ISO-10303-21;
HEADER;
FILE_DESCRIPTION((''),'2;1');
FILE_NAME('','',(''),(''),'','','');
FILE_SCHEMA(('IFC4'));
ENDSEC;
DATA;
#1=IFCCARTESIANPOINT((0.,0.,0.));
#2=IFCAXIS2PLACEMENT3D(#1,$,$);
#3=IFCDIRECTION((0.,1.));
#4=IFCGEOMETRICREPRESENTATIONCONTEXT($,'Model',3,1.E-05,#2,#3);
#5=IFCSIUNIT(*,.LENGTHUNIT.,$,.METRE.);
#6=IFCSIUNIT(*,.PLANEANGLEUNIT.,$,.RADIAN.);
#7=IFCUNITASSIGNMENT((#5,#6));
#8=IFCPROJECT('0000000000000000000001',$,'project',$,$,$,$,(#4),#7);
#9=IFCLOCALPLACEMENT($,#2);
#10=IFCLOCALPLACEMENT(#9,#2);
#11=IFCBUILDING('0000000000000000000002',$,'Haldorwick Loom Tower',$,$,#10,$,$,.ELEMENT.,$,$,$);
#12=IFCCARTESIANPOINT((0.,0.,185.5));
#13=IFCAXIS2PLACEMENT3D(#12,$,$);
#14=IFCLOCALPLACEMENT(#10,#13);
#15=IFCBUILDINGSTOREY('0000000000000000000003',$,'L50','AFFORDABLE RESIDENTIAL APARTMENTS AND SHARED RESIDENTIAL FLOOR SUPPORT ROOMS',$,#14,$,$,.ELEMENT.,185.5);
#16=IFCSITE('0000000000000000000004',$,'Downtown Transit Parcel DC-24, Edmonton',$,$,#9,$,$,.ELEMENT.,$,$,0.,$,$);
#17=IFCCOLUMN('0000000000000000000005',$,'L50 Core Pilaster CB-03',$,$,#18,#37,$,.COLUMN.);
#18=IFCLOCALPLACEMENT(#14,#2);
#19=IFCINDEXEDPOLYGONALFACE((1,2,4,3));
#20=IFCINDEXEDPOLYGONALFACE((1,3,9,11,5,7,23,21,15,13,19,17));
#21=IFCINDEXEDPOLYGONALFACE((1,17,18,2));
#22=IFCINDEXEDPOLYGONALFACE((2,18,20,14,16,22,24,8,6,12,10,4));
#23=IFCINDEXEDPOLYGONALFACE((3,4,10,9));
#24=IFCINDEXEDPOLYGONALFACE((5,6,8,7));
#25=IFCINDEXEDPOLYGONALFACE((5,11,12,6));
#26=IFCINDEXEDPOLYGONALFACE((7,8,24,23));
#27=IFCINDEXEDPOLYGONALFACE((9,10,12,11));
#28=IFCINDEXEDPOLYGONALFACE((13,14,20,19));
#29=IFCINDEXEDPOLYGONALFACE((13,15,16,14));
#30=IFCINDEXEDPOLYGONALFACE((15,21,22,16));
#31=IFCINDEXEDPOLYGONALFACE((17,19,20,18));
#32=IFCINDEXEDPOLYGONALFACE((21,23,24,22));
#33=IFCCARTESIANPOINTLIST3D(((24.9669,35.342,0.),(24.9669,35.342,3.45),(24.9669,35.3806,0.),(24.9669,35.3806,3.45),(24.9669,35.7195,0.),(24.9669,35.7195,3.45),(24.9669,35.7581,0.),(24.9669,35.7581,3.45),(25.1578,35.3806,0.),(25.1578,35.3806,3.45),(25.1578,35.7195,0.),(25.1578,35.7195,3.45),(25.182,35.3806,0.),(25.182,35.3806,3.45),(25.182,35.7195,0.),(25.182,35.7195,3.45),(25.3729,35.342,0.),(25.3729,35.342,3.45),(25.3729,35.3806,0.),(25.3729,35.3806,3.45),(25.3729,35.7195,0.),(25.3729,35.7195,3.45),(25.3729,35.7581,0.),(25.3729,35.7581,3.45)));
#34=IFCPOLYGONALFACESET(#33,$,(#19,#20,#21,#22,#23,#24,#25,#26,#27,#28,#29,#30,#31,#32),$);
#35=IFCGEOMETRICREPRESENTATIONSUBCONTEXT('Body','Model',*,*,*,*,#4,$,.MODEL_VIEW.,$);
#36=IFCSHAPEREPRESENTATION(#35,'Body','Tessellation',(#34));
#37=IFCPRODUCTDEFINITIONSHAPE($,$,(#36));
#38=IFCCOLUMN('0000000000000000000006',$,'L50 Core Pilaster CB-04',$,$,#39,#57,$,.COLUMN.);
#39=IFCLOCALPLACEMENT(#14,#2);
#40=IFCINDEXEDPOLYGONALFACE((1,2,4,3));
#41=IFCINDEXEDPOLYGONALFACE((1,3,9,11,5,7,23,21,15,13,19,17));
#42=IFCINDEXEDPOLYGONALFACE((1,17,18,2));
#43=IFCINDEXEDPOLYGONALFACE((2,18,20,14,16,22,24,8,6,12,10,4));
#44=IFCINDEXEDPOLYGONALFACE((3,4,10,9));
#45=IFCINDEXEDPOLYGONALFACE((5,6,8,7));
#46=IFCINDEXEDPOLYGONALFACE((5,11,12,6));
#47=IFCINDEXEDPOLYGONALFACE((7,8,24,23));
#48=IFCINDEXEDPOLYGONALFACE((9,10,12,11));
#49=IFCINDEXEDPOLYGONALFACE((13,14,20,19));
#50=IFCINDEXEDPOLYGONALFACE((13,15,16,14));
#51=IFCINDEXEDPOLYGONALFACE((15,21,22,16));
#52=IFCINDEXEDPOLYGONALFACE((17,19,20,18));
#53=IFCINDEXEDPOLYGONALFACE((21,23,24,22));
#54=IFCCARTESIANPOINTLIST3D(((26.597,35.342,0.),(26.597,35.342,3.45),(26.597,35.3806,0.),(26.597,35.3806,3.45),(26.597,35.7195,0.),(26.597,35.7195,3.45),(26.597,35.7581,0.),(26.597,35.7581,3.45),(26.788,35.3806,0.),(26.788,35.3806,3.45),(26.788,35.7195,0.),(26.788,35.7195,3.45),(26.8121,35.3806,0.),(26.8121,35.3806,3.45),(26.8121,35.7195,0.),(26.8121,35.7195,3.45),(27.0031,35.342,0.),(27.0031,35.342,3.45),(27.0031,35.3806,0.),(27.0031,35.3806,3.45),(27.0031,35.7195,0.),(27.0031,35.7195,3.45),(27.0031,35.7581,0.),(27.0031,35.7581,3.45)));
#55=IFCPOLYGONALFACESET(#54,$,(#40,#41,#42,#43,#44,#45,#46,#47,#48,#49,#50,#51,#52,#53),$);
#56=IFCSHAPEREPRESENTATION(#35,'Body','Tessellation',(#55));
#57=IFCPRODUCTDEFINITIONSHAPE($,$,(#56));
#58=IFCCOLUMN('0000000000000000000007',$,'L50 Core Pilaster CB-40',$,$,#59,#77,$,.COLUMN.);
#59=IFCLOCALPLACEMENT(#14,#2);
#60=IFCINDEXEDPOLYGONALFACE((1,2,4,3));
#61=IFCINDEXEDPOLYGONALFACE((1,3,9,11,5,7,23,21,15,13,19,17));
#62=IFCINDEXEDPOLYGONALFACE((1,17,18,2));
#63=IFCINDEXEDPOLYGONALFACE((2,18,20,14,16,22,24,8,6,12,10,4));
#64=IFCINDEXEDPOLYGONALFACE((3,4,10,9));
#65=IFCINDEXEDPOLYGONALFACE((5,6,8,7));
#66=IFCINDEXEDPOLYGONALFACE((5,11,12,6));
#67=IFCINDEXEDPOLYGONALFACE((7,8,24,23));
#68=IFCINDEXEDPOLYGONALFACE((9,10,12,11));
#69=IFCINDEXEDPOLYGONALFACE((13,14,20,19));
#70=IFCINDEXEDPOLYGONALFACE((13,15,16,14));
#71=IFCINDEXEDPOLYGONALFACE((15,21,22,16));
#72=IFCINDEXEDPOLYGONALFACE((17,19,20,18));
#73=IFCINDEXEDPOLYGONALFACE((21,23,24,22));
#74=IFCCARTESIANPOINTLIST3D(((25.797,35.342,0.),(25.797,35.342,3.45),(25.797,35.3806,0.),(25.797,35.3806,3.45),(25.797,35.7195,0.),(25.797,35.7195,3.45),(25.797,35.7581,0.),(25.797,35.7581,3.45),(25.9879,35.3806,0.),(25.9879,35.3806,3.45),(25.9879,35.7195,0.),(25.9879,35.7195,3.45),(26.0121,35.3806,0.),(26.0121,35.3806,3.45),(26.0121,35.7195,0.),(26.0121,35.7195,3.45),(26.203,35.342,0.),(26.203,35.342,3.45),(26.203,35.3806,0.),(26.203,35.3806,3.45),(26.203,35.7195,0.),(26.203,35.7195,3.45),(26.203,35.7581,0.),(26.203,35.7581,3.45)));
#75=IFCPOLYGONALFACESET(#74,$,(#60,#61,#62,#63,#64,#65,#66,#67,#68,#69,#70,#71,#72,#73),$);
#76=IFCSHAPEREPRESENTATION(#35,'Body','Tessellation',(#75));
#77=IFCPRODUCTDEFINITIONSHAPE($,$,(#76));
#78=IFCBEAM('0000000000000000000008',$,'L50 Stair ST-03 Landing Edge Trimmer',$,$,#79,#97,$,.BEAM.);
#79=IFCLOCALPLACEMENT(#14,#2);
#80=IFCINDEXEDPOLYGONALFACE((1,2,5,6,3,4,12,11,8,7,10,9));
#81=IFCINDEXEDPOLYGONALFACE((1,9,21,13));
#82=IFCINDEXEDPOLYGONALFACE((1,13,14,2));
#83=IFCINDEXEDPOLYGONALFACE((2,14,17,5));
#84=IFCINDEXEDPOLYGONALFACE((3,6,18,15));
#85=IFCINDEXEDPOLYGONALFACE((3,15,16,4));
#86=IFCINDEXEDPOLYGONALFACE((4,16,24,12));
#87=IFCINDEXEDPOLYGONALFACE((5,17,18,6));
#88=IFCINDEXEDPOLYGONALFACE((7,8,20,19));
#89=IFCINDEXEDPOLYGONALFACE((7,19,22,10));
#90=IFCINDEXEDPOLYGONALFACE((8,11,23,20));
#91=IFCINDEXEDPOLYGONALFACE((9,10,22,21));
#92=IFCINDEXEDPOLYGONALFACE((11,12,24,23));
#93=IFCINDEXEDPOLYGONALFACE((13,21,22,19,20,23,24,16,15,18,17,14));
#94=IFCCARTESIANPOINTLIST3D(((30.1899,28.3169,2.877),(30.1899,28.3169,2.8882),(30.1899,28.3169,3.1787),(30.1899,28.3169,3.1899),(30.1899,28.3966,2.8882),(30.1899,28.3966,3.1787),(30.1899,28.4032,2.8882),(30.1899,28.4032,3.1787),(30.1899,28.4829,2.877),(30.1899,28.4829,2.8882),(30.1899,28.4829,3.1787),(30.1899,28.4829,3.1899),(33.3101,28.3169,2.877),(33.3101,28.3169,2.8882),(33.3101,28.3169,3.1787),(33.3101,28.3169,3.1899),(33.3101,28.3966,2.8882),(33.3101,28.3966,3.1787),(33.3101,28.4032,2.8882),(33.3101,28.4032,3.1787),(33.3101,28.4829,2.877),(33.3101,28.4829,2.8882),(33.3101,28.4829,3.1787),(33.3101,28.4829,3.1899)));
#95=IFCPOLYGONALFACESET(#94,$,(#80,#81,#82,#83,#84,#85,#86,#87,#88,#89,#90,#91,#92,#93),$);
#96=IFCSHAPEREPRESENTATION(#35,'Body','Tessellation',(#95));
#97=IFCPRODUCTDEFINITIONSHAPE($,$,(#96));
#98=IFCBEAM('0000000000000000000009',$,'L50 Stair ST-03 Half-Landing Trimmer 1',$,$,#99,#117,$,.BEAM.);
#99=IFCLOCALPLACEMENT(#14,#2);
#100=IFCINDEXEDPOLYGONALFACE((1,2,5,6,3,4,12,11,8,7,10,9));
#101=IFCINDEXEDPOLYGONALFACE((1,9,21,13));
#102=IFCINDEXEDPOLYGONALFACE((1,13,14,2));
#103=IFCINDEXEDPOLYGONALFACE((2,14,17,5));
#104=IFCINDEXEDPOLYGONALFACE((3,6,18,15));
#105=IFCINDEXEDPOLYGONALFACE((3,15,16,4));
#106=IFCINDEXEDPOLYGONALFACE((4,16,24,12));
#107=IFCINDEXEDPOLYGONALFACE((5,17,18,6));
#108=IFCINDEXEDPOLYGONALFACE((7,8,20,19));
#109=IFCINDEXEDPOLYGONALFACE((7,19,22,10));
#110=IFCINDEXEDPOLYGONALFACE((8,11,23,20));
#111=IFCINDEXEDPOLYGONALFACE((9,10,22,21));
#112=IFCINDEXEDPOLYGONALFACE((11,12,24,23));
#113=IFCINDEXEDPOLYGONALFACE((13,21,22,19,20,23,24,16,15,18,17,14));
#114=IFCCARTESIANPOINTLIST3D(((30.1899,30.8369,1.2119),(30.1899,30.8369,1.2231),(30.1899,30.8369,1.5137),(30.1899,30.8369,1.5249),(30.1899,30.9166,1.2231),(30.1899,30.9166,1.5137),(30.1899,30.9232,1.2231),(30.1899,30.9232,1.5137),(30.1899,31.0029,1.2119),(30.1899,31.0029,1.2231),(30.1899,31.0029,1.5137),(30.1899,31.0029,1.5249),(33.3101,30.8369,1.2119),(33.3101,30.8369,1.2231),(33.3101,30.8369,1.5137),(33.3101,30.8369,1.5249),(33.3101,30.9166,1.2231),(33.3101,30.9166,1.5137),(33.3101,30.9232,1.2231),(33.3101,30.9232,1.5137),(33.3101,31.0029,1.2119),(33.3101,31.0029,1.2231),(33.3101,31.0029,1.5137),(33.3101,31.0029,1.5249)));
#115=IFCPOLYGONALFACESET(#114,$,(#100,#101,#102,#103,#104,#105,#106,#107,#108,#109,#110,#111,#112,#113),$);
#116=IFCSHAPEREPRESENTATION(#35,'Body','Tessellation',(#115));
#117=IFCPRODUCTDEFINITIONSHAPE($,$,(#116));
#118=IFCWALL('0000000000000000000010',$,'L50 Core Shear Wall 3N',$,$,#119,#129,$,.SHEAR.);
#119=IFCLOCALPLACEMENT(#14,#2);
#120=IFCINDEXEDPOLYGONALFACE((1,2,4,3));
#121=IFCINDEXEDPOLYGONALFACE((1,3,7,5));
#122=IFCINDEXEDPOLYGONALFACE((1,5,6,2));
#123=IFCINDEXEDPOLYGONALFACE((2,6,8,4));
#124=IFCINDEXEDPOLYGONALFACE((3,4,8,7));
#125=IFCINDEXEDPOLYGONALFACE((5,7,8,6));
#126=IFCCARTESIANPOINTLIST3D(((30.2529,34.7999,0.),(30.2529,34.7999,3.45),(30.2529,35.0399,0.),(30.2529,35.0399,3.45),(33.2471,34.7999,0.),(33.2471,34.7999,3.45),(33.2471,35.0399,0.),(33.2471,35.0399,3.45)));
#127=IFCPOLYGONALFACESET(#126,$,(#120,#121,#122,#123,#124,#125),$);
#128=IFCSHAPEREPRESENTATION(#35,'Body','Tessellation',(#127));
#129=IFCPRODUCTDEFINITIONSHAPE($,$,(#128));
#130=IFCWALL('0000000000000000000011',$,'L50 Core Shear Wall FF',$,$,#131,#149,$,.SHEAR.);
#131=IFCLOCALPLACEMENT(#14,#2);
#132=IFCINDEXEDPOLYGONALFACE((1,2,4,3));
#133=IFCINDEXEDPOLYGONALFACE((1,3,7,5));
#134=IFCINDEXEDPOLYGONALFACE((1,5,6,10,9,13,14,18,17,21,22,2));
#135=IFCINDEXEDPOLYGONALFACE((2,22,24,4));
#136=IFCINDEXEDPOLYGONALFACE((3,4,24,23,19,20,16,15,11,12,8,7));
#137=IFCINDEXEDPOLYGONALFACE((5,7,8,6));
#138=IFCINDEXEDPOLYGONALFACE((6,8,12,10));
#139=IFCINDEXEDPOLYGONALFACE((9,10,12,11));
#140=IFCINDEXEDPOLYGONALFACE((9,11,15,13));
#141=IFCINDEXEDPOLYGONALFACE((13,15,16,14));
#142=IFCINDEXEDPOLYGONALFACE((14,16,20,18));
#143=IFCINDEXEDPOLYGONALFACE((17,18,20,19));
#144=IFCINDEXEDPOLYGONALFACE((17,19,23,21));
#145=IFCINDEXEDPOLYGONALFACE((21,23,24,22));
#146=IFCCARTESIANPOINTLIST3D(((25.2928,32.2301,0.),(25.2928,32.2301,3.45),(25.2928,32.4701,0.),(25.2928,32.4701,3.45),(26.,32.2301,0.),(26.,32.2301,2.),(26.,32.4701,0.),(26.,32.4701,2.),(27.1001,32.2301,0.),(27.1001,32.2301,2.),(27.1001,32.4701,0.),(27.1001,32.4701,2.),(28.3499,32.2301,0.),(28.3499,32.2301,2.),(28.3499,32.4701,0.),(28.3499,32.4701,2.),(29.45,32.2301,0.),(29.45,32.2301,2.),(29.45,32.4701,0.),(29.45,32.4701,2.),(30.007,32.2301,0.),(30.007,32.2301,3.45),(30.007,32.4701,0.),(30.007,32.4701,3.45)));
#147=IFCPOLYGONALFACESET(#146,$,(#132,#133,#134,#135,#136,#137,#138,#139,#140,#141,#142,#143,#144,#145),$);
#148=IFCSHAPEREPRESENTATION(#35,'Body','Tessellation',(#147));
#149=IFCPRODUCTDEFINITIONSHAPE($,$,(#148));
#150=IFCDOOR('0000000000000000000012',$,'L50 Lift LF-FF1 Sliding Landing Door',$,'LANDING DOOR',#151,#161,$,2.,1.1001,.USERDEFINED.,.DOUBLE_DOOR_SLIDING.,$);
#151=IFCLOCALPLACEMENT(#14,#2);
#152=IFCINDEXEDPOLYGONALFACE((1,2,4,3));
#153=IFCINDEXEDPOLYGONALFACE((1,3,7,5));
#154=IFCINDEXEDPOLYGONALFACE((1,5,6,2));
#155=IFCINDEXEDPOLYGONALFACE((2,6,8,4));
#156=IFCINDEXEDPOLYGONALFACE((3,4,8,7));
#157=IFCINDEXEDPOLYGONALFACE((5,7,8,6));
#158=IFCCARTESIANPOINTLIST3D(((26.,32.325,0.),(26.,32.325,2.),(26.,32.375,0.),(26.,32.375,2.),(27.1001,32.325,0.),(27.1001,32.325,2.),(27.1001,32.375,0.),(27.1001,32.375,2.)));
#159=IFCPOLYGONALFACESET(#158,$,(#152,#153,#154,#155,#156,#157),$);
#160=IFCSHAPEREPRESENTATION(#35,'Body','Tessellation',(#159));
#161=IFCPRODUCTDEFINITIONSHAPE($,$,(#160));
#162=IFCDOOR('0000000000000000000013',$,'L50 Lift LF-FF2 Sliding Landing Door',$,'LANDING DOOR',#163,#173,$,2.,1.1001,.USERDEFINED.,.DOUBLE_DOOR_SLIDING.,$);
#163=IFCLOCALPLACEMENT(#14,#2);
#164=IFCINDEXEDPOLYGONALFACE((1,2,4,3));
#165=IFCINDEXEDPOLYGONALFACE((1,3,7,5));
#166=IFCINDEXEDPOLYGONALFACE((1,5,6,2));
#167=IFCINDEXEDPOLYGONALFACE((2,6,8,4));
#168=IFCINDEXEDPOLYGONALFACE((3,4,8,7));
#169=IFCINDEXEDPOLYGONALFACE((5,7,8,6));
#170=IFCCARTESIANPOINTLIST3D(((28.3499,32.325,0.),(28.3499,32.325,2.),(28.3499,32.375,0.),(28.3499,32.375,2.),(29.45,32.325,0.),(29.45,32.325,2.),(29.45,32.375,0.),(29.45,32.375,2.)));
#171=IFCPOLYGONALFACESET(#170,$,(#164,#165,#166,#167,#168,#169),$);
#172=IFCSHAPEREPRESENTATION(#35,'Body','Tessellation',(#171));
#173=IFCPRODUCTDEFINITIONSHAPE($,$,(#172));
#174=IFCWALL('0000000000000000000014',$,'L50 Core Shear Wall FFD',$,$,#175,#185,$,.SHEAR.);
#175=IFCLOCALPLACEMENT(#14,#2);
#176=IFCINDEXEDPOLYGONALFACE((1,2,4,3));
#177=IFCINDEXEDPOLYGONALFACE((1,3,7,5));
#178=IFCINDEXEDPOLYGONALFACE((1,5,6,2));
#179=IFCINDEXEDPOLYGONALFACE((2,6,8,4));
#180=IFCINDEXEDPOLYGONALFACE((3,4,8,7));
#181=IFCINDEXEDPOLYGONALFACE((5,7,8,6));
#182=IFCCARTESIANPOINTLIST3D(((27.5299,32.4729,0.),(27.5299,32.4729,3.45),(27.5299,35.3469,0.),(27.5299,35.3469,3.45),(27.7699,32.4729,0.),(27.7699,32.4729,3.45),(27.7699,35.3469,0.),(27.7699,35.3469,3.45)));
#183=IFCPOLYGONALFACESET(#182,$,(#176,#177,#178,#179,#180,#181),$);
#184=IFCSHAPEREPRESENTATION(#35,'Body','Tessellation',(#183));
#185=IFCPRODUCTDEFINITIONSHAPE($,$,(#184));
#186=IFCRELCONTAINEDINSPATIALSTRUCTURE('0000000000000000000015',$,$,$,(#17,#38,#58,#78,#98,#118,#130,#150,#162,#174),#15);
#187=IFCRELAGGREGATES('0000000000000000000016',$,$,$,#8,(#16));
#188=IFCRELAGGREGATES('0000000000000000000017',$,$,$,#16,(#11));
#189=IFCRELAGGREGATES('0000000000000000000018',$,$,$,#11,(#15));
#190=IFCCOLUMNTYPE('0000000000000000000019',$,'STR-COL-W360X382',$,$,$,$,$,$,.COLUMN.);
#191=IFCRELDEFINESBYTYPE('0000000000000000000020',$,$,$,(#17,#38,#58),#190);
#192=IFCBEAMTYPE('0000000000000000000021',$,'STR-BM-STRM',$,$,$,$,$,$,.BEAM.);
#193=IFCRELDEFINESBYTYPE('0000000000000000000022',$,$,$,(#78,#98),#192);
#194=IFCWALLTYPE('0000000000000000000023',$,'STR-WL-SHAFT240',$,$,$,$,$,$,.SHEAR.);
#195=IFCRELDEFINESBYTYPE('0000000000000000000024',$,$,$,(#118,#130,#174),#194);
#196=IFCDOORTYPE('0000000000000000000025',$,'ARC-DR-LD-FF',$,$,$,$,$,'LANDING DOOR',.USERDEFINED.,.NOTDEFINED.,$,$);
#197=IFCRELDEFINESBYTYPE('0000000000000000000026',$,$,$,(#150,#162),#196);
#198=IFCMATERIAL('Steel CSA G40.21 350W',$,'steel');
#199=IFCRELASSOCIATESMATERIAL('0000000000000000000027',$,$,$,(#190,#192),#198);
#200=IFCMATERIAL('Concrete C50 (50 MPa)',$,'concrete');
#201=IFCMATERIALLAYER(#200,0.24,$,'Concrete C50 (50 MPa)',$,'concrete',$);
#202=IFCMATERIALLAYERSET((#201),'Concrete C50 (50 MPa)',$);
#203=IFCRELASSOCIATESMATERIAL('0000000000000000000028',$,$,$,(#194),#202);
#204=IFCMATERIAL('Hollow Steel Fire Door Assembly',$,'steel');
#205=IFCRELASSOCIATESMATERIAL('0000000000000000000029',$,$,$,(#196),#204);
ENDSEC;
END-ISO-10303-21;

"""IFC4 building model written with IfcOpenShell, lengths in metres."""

from ifc_helpers import new_model, si_unit, direction, frame, frame_2d, origin, origin_2d, place, context, subcontext, project, spatial, rectangle, i_section, extrude, material, layer, layer_set, material_profile, profile_set, type_object, element, fill, save


model = new_model("IFC4")

# Units and contexts
model_context = context("Model", 3, precision=1e-05, world=origin(), true_north=direction((0.0, 1.0)))
body_context = subcontext(model_context, "Body", "Model", "MODEL_VIEW")
ifc_project = project(units=[si_unit("LENGTHUNIT", "METRE"), si_unit("PLANEANGLEUNIT", "RADIAN")], contexts=[model_context])

# Site, building, storey
site_placement = place(None, origin())
site = spatial("IfcSite", under=ifc_project, at=site_placement, Name="Downtown Transit Parcel DC-24, Edmonton", CompositionType="ELEMENT", RefElevation=0.0)
building_placement = place(site_placement, origin())
building = spatial("IfcBuilding", under=site, at=building_placement, Name="Haldorwick Loom Tower", CompositionType="ELEMENT")
storey_placement = place(building_placement, frame((0.0, 0.0, 185.5)))
storey = spatial("IfcBuildingStorey", under=building, at=storey_placement, Name="L50", Description="AFFORDABLE RESIDENTIAL APARTMENTS AND SHARED RESIDENTIAL FLOOR SUPPORT ROOMS", CompositionType="ELEMENT", Elevation=185.5)

# Columns
ifc_material_1 = material(Name="Steel CSA G40.21 350W", Category="steel")
ifc_material_profile_1 = material_profile(ifc_material_1, i_section(OverallWidth=0.406, OverallDepth=0.416, WebThickness=0.0242, FlangeThickness=0.0386, at=origin_2d()), Name="W360X382", Category="steel")
ifc_profile_set_1 = profile_set([ifc_material_profile_1], Name="Steel CSA G40.21 350W")
column_type = type_object("IfcColumnType", Name="STR-COL-W360X382", PredefinedType="COLUMN", material=ifc_profile_set_1)
for number, where, z_axis, x_axis, name in (
    (1, (25.1699, 35.55, 0.0), (0.0, 0.0, 1.0), (1.0, 0.0, 0.0), "L50 Core Pilaster CB-03"),
    (2, (26.8, 35.55, 0.0), (0.0, 0.0, 1.0), (1.0, 0.0, 0.0), "L50 Core Pilaster CB-04"),
    (3, (26.0, 35.55, 0.0), (0.0, 0.0, 1.0), (1.0, 0.0, 0.0), "L50 Core Pilaster CB-40"),
):
    element("IfcColumn", number, at=place(storey_placement, frame(where, z_axis=z_axis, x_axis=x_axis)), inside=storey, type_object=column_type, Name=name, PredefinedType="COLUMN", context=body_context, shape_type="SweptSolid", body=[
        extrude(i_section(OverallWidth=0.406, OverallDepth=0.416, WebThickness=0.0242, FlangeThickness=0.0386, at=origin_2d()), origin(), (0.0, 0.0, 1.0), 3.45),
    ])

# Beams
ifc_material_profile_2 = material_profile(ifc_material_1, i_section(OverallWidth=0.166, OverallDepth=0.313, WebThickness=0.0066, FlangeThickness=0.0112, at=origin_2d()), Name="W310X45", Category="steel")
ifc_profile_set_2 = profile_set([ifc_material_profile_2], Name="Steel CSA G40.21 350W")
beam_type = type_object("IfcBeamType", Name="STR-BM-STRM", PredefinedType="BEAM", material=ifc_profile_set_2)
for number, where, z_axis, x_axis, name in (
    (4, (30.1899, 28.3999, 3.0334), (1.0, 0.0, 0.0), (0.0, 1.0, 0.0), "L50 Stair ST-03 Landing Edge Trimmer"),
    (5, (30.1899, 30.9199, 1.3684), (1.0, 0.0, 0.0), (0.0, 1.0, 0.0), "L50 Stair ST-03 Half-Landing Trimmer 1"),
):
    element("IfcBeam", number, at=place(storey_placement, frame(where, z_axis=z_axis, x_axis=x_axis)), inside=storey, type_object=beam_type, Name=name, PredefinedType="BEAM", context=body_context, shape_type="SweptSolid", body=[
        extrude(i_section(OverallWidth=0.166, OverallDepth=0.313, WebThickness=0.0066, FlangeThickness=0.0112, at=origin_2d()), origin(), (0.0, 0.0, 1.0), 3.1201),
    ])

# Wall
ifc_material_2 = material(Name="Concrete C50 (50 MPa)", Category="concrete")
ifc_layer = layer(ifc_material_2, 0.24, Name="Concrete C50 (50 MPa)", Category="concrete")
ifc_layer_set = layer_set([ifc_layer], Name="Concrete C50 (50 MPa)")
wall_type = type_object("IfcWallType", Name="STR-WL-SHAFT240", PredefinedType="SHEAR", material=ifc_layer_set)
wall_1_placement = place(storey_placement, frame((30.2529, 34.9199, 0.0), z_axis=(0.0, 0.0, 1.0), x_axis=(1.0, 0.0, 0.0)))
element("IfcWall", 6, at=wall_1_placement, inside=storey, type_object=wall_type, Name="L50 Core Shear Wall 3N", PredefinedType="SHEAR", context=body_context, shape_type="SweptSolid", body=[
    extrude(rectangle(XDim=2.9941, YDim=0.24, at=frame_2d((1.4971, 0.0))), origin(), (0.0, 0.0, 1.0), 3.45),
])

# Wall, openings, doors
wall_2_placement = place(storey_placement, frame((25.293, 32.3501, 0.0), z_axis=(0.0, 0.0, 1.0), x_axis=(1.0, 0.0, 0.0)))
wall_2 = element("IfcWall", 7, at=wall_2_placement, inside=storey, type_object=wall_type, Name="L50 Core Shear Wall FF", PredefinedType="SHEAR", context=body_context, shape_type="SweptSolid", body=[
    extrude(rectangle(XDim=4.7141, YDim=0.24, at=frame_2d((2.3569, 0.0))), origin(), (0.0, 0.0, 1.0), 3.45),
])
opening_1_placement = place(wall_2_placement, frame((0.707, 0.0, 0.0)))
opening_1 = element("IfcOpeningElement", 8, at=opening_1_placement, cuts=wall_2, PredefinedType="OPENING", context=body_context, shape_type="SweptSolid", body=[
    extrude(rectangle(XDim=1.1001, YDim=2.0, at=frame_2d((0.55, 1.0))), frame((0.0, 0.1299, 0.0), z_axis=(0.0, -1.0, 0.0), x_axis=(1.0, 0.0, 0.0)), (0.0, 0.0, 1.0), 0.26),
])
opening_2_placement = place(wall_2_placement, frame((3.0569, 0.0, 0.0)))
opening_2 = element("IfcOpeningElement", 9, at=opening_2_placement, cuts=wall_2, PredefinedType="OPENING", context=body_context, shape_type="SweptSolid", body=[
    extrude(rectangle(XDim=1.1001, YDim=2.0, at=frame_2d((0.55, 1.0))), frame((0.0, 0.1299, 0.0), z_axis=(0.0, -1.0, 0.0), x_axis=(1.0, 0.0, 0.0)), (0.0, 0.0, 1.0), 0.26),
])
ifc_material_3 = material(Name="Hollow Steel Fire Door Assembly", Category="steel")
door_type_1 = type_object("IfcDoorType", Name="ARC-DR-LD-FF", ElementType="LANDING DOOR", OperationType="NOTDEFINED", PredefinedType="USERDEFINED", material=ifc_material_3)
door_1_placement = place(opening_1_placement, origin())
door_1 = element("IfcDoor", 10, at=door_1_placement, inside=storey, type_object=door_type_1, Name="L50 Lift LF-FF1 Sliding Landing Door", ObjectType="LANDING DOOR", OperationType="DOUBLE_DOOR_SLIDING", OverallHeight=2.0, OverallWidth=1.1001, PredefinedType="USERDEFINED", context=body_context, shape_type="SweptSolid", body=[
    extrude(rectangle(XDim=1.1001, YDim=2.0, at=frame_2d((0.55, 1.0))), frame((0.0, 0.0249, 0.0), z_axis=(0.0, -1.0, 0.0), x_axis=(1.0, 0.0, 0.0)), (0.0, 0.0, 1.0), 0.05),
])
fill(opening_1, door_1)
door_2_placement = place(opening_2_placement, origin())
door_2 = element("IfcDoor", 11, at=door_2_placement, inside=storey, type_object=door_type_1, Name="L50 Lift LF-FF2 Sliding Landing Door", ObjectType="LANDING DOOR", OperationType="DOUBLE_DOOR_SLIDING", OverallHeight=2.0, OverallWidth=1.1001, PredefinedType="USERDEFINED", context=body_context, shape_type="SweptSolid", body=[
    extrude(rectangle(XDim=1.1001, YDim=2.0, at=frame_2d((0.55, 1.0))), frame((0.0, 0.0249, 0.0), z_axis=(0.0, -1.0, 0.0), x_axis=(1.0, 0.0, 0.0)), (0.0, 0.0, 1.0), 0.05),
])
fill(opening_2, door_2)

# Wall
wall_3_placement = place(storey_placement, frame((27.6499, 32.4729, 0.0), z_axis=(0.0, 0.0, 1.0), x_axis=(0.0, 1.0, 0.0)))
element("IfcWall", 12, at=wall_3_placement, inside=storey, type_object=wall_type, Name="L50 Core Shear Wall FFD", PredefinedType="SHEAR", context=body_context, shape_type="SweptSolid", body=[
    extrude(rectangle(XDim=2.874, YDim=0.24, at=frame_2d((1.437, 0.0))), origin(), (0.0, 0.0, 1.0), 3.45),
])

save(model, "model.ifc")
